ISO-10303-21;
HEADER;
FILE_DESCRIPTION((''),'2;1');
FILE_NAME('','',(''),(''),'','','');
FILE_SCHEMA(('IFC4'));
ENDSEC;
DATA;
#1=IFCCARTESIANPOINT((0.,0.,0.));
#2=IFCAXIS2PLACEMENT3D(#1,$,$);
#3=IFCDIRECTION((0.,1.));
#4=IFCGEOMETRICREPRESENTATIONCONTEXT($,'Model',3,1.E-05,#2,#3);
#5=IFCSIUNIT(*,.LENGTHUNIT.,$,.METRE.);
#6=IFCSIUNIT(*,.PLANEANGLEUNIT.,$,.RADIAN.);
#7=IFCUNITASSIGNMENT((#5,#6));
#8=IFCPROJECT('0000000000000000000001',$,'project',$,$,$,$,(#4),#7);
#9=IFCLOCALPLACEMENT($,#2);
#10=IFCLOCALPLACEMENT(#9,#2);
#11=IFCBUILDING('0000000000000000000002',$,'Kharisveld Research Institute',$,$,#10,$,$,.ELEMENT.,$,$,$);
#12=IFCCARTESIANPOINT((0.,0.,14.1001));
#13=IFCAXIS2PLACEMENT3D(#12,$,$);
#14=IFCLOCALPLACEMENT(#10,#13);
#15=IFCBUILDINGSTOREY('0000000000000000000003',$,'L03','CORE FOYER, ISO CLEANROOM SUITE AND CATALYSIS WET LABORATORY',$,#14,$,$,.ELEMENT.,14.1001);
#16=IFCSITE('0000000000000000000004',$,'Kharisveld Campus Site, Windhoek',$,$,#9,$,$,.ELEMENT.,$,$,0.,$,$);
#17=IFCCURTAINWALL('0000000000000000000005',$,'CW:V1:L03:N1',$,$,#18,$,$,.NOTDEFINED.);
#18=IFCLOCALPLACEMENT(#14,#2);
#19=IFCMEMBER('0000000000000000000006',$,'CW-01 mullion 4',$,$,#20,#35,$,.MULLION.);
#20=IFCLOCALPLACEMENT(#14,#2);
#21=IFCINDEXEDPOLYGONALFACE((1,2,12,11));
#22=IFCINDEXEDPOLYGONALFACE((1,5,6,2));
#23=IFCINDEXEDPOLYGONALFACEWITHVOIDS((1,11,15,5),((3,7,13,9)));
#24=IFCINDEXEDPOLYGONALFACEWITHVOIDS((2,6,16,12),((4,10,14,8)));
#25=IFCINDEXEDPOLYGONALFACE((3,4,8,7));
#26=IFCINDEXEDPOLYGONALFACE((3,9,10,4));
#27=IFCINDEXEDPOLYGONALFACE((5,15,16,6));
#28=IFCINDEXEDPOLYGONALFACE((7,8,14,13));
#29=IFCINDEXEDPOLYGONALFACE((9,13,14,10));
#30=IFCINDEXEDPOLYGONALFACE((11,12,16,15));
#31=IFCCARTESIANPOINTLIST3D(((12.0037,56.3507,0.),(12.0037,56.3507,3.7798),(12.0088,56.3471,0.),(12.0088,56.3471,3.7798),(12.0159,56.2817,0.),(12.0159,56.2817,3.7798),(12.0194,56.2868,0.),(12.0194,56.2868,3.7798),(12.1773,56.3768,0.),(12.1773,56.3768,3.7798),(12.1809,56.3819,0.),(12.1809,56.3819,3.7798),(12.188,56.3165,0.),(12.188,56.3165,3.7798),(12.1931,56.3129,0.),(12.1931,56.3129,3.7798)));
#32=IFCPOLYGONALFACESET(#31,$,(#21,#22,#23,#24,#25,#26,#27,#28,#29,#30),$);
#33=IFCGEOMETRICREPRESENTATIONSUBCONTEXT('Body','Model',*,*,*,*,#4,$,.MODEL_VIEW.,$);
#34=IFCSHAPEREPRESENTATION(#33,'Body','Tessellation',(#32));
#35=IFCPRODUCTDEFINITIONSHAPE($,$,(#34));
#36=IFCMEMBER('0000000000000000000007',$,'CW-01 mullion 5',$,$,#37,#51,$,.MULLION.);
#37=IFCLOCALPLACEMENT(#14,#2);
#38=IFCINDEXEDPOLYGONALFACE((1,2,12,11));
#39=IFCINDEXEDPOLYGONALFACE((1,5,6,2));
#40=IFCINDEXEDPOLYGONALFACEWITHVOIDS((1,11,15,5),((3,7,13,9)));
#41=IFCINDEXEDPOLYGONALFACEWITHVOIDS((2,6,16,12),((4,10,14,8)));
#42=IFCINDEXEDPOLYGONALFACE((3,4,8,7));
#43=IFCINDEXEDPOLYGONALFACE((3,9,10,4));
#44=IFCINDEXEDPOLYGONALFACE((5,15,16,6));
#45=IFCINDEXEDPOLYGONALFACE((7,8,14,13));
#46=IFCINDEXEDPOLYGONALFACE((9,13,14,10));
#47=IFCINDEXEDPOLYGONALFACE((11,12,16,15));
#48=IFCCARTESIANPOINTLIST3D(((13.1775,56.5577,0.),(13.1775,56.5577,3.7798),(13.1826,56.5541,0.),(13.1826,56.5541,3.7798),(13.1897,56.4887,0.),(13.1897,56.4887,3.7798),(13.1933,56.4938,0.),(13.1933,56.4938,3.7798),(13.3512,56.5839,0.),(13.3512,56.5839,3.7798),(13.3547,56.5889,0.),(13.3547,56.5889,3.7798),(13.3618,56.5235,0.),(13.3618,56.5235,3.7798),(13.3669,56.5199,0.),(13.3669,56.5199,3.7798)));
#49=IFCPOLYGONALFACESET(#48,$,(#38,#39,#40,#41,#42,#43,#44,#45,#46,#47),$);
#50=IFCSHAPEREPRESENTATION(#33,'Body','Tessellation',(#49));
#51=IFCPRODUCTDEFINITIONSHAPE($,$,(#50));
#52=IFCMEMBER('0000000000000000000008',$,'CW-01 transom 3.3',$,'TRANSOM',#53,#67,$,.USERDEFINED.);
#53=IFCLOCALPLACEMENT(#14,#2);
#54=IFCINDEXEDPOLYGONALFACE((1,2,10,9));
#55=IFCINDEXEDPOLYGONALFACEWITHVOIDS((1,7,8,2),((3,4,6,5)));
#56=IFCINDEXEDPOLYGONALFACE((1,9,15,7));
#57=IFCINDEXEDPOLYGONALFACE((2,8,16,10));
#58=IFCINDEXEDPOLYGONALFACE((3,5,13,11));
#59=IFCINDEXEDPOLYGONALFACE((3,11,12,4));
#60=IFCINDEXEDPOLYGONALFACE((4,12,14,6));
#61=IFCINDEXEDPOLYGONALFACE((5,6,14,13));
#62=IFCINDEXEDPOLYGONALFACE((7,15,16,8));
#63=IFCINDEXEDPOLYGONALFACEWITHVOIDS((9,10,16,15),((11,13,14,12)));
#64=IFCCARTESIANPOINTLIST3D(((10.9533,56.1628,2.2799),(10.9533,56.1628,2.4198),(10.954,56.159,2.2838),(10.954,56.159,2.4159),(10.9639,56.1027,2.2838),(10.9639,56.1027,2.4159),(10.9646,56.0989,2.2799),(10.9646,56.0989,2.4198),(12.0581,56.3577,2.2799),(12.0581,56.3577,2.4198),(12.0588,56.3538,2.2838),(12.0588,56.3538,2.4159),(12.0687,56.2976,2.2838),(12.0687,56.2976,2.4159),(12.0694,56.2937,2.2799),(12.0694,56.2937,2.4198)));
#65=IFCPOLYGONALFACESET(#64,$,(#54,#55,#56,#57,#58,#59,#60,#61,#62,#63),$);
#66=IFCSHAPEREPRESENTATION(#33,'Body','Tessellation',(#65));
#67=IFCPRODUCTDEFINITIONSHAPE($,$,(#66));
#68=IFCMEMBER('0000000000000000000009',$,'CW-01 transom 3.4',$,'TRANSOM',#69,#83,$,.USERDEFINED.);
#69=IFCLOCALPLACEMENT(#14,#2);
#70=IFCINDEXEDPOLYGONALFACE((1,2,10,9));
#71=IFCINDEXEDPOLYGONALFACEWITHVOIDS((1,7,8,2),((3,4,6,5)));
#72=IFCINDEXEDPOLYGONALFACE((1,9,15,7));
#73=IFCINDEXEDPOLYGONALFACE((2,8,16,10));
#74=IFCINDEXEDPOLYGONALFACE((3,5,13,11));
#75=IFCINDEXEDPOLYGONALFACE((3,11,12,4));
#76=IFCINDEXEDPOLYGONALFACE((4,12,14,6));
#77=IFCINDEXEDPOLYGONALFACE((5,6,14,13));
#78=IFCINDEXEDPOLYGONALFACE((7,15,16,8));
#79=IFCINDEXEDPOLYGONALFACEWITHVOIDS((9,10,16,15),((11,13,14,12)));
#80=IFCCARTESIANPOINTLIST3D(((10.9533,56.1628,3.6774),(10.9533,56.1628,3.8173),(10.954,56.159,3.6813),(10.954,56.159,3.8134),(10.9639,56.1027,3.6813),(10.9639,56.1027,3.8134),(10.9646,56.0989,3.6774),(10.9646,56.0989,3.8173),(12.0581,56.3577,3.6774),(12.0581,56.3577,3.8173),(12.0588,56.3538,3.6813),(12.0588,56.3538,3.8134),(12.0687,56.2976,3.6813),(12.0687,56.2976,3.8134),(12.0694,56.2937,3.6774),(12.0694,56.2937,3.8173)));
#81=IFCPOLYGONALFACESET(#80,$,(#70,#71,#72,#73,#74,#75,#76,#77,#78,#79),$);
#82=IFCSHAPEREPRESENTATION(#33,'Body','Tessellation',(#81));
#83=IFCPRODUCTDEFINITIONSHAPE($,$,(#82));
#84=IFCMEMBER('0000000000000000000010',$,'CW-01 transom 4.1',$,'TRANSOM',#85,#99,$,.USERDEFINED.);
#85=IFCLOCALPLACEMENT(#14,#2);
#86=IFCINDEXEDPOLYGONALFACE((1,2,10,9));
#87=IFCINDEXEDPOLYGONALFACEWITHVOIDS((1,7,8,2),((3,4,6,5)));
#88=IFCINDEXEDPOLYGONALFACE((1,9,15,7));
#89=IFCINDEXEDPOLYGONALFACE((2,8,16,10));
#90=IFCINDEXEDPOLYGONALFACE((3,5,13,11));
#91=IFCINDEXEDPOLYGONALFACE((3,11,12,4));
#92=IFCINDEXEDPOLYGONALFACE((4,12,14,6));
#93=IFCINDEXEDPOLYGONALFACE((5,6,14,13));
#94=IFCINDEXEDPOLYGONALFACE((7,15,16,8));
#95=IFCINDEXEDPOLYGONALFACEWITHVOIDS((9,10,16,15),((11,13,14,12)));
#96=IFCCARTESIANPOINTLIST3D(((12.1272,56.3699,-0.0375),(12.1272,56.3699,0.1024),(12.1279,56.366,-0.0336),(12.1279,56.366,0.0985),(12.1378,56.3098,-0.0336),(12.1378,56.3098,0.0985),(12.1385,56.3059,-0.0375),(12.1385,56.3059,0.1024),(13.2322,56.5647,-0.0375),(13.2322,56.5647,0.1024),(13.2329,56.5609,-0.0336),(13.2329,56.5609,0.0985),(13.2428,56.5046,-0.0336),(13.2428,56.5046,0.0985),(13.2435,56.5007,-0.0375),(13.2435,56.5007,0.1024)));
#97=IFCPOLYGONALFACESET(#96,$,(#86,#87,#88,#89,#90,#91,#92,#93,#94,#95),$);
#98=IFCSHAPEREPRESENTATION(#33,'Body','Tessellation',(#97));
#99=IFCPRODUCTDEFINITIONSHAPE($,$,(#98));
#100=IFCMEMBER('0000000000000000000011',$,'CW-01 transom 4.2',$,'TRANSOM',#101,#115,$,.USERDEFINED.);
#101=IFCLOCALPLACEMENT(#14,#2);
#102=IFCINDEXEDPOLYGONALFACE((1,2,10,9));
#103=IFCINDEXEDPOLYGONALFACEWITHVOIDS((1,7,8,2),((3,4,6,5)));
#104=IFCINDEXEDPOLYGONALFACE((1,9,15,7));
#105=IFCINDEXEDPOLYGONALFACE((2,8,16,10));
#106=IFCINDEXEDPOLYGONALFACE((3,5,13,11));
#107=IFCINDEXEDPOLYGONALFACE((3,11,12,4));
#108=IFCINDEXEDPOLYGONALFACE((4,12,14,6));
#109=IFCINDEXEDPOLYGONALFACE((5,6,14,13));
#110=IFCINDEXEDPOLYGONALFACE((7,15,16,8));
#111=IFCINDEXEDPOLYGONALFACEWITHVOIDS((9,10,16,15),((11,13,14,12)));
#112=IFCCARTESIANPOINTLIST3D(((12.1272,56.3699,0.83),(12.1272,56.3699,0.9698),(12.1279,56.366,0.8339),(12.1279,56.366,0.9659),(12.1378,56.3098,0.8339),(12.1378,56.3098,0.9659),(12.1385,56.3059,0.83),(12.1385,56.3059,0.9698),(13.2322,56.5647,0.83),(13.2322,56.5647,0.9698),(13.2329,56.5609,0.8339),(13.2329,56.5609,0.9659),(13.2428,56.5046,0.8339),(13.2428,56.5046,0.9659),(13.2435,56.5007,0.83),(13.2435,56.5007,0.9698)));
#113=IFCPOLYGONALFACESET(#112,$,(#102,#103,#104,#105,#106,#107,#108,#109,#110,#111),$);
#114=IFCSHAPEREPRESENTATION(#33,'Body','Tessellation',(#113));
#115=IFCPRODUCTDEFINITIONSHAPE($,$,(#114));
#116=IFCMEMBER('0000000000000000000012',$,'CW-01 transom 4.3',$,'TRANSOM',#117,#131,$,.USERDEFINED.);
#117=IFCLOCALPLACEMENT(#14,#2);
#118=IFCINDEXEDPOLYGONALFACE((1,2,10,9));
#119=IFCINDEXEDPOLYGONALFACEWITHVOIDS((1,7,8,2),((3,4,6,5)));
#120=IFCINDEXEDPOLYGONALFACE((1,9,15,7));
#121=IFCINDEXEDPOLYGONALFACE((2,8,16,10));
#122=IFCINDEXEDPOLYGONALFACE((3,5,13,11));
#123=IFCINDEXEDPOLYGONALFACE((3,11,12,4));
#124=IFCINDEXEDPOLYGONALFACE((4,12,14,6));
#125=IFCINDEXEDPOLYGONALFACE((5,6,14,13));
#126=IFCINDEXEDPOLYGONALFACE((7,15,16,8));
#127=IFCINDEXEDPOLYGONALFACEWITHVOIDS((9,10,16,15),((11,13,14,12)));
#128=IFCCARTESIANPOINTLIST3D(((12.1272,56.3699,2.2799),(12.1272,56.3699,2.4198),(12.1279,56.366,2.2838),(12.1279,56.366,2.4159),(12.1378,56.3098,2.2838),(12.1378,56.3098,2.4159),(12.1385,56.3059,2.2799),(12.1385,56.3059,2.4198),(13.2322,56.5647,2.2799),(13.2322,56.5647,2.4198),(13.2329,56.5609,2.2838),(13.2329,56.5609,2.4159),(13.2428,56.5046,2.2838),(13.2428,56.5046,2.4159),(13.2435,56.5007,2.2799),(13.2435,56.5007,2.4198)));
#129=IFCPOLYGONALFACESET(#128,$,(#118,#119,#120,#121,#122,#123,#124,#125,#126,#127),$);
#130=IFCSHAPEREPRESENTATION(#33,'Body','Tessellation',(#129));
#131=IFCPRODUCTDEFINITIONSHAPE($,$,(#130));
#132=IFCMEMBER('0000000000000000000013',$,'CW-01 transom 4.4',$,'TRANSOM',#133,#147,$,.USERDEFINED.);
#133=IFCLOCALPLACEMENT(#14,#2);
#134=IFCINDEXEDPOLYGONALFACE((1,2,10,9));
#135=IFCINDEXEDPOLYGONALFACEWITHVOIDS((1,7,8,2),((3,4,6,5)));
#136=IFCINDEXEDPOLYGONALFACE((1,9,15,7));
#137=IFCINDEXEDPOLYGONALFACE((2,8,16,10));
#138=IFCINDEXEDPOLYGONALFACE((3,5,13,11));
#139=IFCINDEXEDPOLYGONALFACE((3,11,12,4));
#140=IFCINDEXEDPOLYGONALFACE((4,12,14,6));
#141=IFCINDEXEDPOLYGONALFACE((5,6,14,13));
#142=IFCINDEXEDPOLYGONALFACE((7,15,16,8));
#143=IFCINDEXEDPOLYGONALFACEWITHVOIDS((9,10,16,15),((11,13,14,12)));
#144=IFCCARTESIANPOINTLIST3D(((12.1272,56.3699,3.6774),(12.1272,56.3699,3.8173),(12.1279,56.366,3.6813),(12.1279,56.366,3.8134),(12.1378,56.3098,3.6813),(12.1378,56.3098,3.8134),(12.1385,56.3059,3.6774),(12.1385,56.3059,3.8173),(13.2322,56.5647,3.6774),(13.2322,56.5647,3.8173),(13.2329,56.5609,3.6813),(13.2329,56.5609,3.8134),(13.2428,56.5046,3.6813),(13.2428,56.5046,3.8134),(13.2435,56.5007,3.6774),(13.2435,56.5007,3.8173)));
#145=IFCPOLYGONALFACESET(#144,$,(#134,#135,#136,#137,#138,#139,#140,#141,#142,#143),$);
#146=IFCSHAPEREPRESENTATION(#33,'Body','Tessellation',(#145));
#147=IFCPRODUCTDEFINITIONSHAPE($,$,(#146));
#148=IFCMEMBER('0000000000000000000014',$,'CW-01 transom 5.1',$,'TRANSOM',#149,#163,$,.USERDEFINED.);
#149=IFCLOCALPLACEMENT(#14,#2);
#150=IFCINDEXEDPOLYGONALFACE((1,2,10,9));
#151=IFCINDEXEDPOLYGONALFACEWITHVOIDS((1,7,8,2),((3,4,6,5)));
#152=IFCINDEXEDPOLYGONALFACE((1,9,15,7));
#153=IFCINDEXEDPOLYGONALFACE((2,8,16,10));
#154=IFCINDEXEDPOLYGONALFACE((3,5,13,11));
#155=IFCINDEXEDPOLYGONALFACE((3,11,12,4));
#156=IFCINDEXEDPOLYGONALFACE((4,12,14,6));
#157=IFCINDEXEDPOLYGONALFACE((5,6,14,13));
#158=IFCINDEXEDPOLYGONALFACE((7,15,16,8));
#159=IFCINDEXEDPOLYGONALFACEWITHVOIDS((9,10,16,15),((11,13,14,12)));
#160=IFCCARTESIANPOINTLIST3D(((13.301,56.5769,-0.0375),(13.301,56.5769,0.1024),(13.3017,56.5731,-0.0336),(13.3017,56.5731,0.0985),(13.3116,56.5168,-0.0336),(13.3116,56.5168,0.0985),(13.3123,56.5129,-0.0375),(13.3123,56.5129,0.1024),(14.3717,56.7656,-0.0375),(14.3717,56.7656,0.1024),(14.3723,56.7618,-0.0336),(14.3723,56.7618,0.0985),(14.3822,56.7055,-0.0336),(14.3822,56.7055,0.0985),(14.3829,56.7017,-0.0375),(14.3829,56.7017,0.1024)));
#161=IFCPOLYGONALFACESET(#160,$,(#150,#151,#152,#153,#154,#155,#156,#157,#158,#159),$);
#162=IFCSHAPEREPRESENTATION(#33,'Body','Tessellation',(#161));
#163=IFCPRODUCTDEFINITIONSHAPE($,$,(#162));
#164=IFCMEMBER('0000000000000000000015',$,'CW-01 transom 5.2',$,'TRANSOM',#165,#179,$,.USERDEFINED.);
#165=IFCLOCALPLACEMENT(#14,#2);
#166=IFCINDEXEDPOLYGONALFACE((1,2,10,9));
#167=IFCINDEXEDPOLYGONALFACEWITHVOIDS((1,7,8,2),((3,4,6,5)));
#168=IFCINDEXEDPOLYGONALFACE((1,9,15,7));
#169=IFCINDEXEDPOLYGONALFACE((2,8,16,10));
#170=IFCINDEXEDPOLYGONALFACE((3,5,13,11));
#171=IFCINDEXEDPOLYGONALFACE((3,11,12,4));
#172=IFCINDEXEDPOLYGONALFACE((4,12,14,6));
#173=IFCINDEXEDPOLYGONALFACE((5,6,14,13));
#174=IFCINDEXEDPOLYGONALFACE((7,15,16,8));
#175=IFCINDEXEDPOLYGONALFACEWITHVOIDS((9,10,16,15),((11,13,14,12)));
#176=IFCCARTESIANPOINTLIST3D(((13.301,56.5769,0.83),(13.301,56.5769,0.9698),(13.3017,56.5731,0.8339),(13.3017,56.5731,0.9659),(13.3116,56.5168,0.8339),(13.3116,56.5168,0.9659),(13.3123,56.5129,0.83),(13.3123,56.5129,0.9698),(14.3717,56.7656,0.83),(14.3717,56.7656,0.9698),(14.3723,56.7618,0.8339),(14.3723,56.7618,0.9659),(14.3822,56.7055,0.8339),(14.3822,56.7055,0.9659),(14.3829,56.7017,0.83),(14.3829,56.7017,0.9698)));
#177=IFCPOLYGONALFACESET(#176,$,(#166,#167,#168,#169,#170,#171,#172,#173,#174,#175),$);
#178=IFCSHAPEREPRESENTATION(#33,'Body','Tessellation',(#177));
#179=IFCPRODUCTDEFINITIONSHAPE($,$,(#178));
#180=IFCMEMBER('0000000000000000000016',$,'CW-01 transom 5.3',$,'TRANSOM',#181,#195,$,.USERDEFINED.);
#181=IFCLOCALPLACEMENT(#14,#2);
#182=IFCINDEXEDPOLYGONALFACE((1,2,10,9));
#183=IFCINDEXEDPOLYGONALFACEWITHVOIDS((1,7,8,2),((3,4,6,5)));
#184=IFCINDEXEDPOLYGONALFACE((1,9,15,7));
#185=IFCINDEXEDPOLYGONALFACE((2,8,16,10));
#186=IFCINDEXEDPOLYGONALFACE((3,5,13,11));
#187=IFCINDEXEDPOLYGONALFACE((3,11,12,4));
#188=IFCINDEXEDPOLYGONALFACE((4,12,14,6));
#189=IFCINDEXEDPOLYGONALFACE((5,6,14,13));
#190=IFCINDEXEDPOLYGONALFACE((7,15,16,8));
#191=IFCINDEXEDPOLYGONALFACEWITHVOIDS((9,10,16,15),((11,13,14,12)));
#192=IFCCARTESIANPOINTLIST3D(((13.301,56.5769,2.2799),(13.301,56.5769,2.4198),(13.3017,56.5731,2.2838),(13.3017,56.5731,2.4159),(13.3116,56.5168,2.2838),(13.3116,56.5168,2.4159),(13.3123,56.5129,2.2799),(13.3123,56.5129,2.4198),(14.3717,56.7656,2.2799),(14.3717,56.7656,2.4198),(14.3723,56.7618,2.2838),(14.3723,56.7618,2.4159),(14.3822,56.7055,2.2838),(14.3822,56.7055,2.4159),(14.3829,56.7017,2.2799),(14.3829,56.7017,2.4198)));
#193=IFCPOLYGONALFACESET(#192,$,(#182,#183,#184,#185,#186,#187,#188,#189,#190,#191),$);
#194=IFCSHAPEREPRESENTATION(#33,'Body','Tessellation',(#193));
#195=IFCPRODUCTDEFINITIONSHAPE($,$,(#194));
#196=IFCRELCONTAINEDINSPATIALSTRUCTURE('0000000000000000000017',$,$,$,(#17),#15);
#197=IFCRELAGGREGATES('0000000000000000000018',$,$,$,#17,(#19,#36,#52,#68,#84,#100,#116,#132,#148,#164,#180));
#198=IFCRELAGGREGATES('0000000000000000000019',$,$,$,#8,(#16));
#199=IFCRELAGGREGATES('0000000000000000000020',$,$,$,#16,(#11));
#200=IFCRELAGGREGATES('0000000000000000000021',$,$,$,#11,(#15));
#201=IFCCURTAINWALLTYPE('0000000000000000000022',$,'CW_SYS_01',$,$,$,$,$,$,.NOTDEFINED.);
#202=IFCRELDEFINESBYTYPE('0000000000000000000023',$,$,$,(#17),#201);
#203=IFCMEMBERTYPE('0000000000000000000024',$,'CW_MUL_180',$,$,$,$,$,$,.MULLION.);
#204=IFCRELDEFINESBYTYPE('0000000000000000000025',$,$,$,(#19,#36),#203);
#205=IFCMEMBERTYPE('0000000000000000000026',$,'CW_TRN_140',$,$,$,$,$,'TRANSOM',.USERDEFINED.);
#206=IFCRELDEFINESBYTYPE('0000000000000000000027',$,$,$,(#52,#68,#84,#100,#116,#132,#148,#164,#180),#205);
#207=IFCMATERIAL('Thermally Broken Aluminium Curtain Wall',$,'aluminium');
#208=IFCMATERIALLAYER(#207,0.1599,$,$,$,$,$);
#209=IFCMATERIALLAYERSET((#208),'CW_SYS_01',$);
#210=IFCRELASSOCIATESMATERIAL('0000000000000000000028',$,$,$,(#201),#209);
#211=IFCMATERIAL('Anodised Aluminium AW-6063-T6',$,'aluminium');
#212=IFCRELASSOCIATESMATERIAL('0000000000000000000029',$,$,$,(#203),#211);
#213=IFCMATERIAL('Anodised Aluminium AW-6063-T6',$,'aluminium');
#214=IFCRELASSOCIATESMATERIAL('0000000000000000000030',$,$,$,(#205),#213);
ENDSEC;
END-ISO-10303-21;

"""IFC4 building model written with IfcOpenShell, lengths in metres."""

from ifc_helpers import new_model, si_unit, direction, frame, origin, origin_2d, place, context, subcontext, project, spatial, hollow_rectangle, extrude, material, layer, layer_set, material_profile, profile_set, type_object, element, aggregate, save


model = new_model("IFC4")

# Units and contexts
model_context = context("Model", 3, precision=1e-05, world=origin(), true_north=direction((0.0, 1.0)))
body_context = subcontext(model_context, "Body", "Model", "MODEL_VIEW")
ifc_project = project(units=[si_unit("LENGTHUNIT", "METRE"), si_unit("PLANEANGLEUNIT", "RADIAN")], contexts=[model_context])

# Site, building, storey
site_placement = place(None, origin())
site = spatial("IfcSite", under=ifc_project, at=site_placement, Name="Kharisveld Campus Site, Windhoek", CompositionType="ELEMENT", RefElevation=0.0)
building_placement = place(site_placement, origin())
building = spatial("IfcBuilding", under=site, at=building_placement, Name="Kharisveld Research Institute", CompositionType="ELEMENT")
storey_placement = place(building_placement, frame((0.0, 0.0, 14.1001)))
storey = spatial("IfcBuildingStorey", under=building, at=storey_placement, Name="L03", Description="CORE FOYER, ISO CLEANROOM SUITE AND CATALYSIS WET LABORATORY", CompositionType="ELEMENT", Elevation=14.1001)

# Curtain wall, members
ifc_material_1 = material(Name="Thermally Broken Aluminium Curtain Wall", Category="aluminium")
ifc_layer_1 = layer(ifc_material_1, 0.1599)
ifc_layer_set_1 = layer_set([ifc_layer_1], Name="CW_SYS_01")
curtain_wall_type = type_object("IfcCurtainWallType", Name="CW_SYS_01", PredefinedType="NOTDEFINED", material=ifc_layer_set_1)
curtain_wall_placement = place(storey_placement, origin())
curtain_wall = element("IfcCurtainWall", 1, at=curtain_wall_placement, inside=storey, type_object=curtain_wall_type, Name="CW:V1:L03:N1", PredefinedType="NOTDEFINED")
ifc_material_2 = material(Name="Anodised Aluminium AW-6063-T6", Category="aluminium")
ifc_material_profile_1 = material_profile(ifc_material_2, hollow_rectangle(XDim=0.0701, YDim=0.1799, WallThickness=0.0044, at=origin_2d()))
ifc_profile_set_1 = profile_set([ifc_material_profile_1], Name="Anodised Aluminium AW-6063-T6")
member_type_1 = type_object("IfcMemberType", Name="CW_MUL_180", PredefinedType="MULLION", material=ifc_profile_set_1)
member_1_placement = place(storey_placement, frame((12.0984, 56.3318, 0.0), z_axis=(0.0, 0.0, 1.0), x_axis=(-0.173648, 0.984808, 0.0)))
member_1 = element("IfcMember", 2, at=member_1_placement, type_object=member_type_1, Name="CW-01 mullion 4", PredefinedType="MULLION", context=body_context, shape_type="SweptSolid", body=[
    extrude(hollow_rectangle(XDim=0.0701, YDim=0.1799, WallThickness=0.0044, at=origin_2d()), origin(), (0.0, 0.0, 1.0), 3.7798),
])
member_2_placement = place(storey_placement, frame((13.2722, 56.5388, 0.0), z_axis=(0.0, 0.0, 1.0), x_axis=(-0.173648, 0.984808, 0.0)))
member_2 = element("IfcMember", 3, at=member_2_placement, type_object=member_type_1, Name="CW-01 mullion 5", PredefinedType="MULLION", context=body_context, shape_type="SweptSolid", body=[
    extrude(hollow_rectangle(XDim=0.0701, YDim=0.1799, WallThickness=0.0044, at=origin_2d()), origin(), (0.0, 0.0, 1.0), 3.7798),
])
ifc_material_3 = material(Name="Anodised Aluminium AW-6063-T6", Category="aluminium")
ifc_material_profile_2 = material_profile(ifc_material_3, hollow_rectangle(XDim=0.0649, YDim=0.1399, WallThickness=0.0039, at=origin_2d()))
ifc_profile_set_2 = profile_set([ifc_material_profile_2], Name="Anodised Aluminium AW-6063-T6")
member_type_2 = type_object("IfcMemberType", Name="CW_TRN_140", ElementType="TRANSOM", PredefinedType="USERDEFINED", material=ifc_profile_set_2)
member_3_placement = place(storey_placement, frame((10.959, 56.1309, 2.3499), z_axis=(0.984803, 0.173674, 0.0), x_axis=(-0.173674, 0.984803, 0.0)))
member_3 = element("IfcMember", 4, at=member_3_placement, type_object=member_type_2, Name="CW-01 transom 3.3", ObjectType="TRANSOM", PredefinedType="USERDEFINED", context=body_context, shape_type="SweptSolid", body=[
    extrude(hollow_rectangle(XDim=0.0649, YDim=0.1399, WallThickness=0.0039, at=origin_2d()), origin(), (0.0, 0.0, 1.0), 1.1218),
])
member_4_placement = place(storey_placement, frame((10.959, 56.1309, 3.7473), z_axis=(0.984803, 0.173674, 0.0), x_axis=(-0.173674, 0.984803, 0.0)))
member_4 = element("IfcMember", 5, at=member_4_placement, type_object=member_type_2, Name="CW-01 transom 3.4", ObjectType="TRANSOM", PredefinedType="USERDEFINED", context=body_context, shape_type="SweptSolid", body=[
    extrude(hollow_rectangle(XDim=0.0649, YDim=0.1399, WallThickness=0.0039, at=origin_2d()), origin(), (0.0, 0.0, 1.0), 1.1218),
])
member_5_placement = place(storey_placement, frame((12.1328, 56.3379, 0.0325), z_axis=(0.98481, 0.173636, 0.0), x_axis=(-0.173636, 0.98481, 0.0)))
member_5 = element("IfcMember", 6, at=member_5_placement, type_object=member_type_2, Name="CW-01 transom 4.1", ObjectType="TRANSOM", PredefinedType="USERDEFINED", context=body_context, shape_type="SweptSolid", body=[
    extrude(hollow_rectangle(XDim=0.0649, YDim=0.1399, WallThickness=0.0039, at=origin_2d()), origin(), (0.0, 0.0, 1.0), 1.1221),
])
member_6_placement = place(storey_placement, frame((12.1328, 56.3379, 0.8999), z_axis=(0.98481, 0.173636, 0.0), x_axis=(-0.173636, 0.98481, 0.0)))
member_6 = element("IfcMember", 7, at=member_6_placement, type_object=member_type_2, Name="CW-01 transom 4.2", ObjectType="TRANSOM", PredefinedType="USERDEFINED", context=body_context, shape_type="SweptSolid", body=[
    extrude(hollow_rectangle(XDim=0.0649, YDim=0.1399, WallThickness=0.0039, at=origin_2d()), origin(), (0.0, 0.0, 1.0), 1.1221),
])
member_7_placement = place(storey_placement, frame((12.1328, 56.3379, 2.3499), z_axis=(0.98481, 0.173636, 0.0), x_axis=(-0.173636, 0.98481, 0.0)))
member_7 = element("IfcMember", 8, at=member_7_placement, type_object=member_type_2, Name="CW-01 transom 4.3", ObjectType="TRANSOM", PredefinedType="USERDEFINED", context=body_context, shape_type="SweptSolid", body=[
    extrude(hollow_rectangle(XDim=0.0649, YDim=0.1399, WallThickness=0.0039, at=origin_2d()), origin(), (0.0, 0.0, 1.0), 1.1221),
])
member_8_placement = place(storey_placement, frame((12.1328, 56.3379, 3.7473), z_axis=(0.98481, 0.173636, 0.0), x_axis=(-0.173636, 0.98481, 0.0)))
member_8 = element("IfcMember", 9, at=member_8_placement, type_object=member_type_2, Name="CW-01 transom 4.4", ObjectType="TRANSOM", PredefinedType="USERDEFINED", context=body_context, shape_type="SweptSolid", body=[
    extrude(hollow_rectangle(XDim=0.0649, YDim=0.1399, WallThickness=0.0039, at=origin_2d()), origin(), (0.0, 0.0, 1.0), 1.1221),
])
member_9_placement = place(storey_placement, frame((13.3066, 56.5449, 0.0325), z_axis=(0.984815, 0.173606, 0.0), x_axis=(-0.173606, 0.984815, 0.0)))
member_9 = element("IfcMember", 10, at=member_9_placement, type_object=member_type_2, Name="CW-01 transom 5.1", ObjectType="TRANSOM", PredefinedType="USERDEFINED", context=body_context, shape_type="SweptSolid", body=[
    extrude(hollow_rectangle(XDim=0.0649, YDim=0.1399, WallThickness=0.0039, at=origin_2d()), origin(), (0.0, 0.0, 1.0), 1.0872),
])
member_10_placement = place(storey_placement, frame((13.3066, 56.5449, 0.8999), z_axis=(0.984815, 0.173606, 0.0), x_axis=(-0.173606, 0.984815, 0.0)))
member_10 = element("IfcMember", 11, at=member_10_placement, type_object=member_type_2, Name="CW-01 transom 5.2", ObjectType="TRANSOM", PredefinedType="USERDEFINED", context=body_context, shape_type="SweptSolid", body=[
    extrude(hollow_rectangle(XDim=0.0649, YDim=0.1399, WallThickness=0.0039, at=origin_2d()), origin(), (0.0, 0.0, 1.0), 1.0872),
])
member_11_placement = place(storey_placement, frame((13.3066, 56.5449, 2.3499), z_axis=(0.984815, 0.173606, 0.0), x_axis=(-0.173606, 0.984815, 0.0)))
member_11 = element("IfcMember", 12, at=member_11_placement, type_object=member_type_2, Name="CW-01 transom 5.3", ObjectType="TRANSOM", PredefinedType="USERDEFINED", context=body_context, shape_type="SweptSolid", body=[
    extrude(hollow_rectangle(XDim=0.0649, YDim=0.1399, WallThickness=0.0039, at=origin_2d()), origin(), (0.0, 0.0, 1.0), 1.0872),
])
aggregate(curtain_wall, [member_1, member_2, member_3, member_4, member_5, member_6, member_7, member_8, member_9, member_10, member_11])

save(model, "model.ifc")
